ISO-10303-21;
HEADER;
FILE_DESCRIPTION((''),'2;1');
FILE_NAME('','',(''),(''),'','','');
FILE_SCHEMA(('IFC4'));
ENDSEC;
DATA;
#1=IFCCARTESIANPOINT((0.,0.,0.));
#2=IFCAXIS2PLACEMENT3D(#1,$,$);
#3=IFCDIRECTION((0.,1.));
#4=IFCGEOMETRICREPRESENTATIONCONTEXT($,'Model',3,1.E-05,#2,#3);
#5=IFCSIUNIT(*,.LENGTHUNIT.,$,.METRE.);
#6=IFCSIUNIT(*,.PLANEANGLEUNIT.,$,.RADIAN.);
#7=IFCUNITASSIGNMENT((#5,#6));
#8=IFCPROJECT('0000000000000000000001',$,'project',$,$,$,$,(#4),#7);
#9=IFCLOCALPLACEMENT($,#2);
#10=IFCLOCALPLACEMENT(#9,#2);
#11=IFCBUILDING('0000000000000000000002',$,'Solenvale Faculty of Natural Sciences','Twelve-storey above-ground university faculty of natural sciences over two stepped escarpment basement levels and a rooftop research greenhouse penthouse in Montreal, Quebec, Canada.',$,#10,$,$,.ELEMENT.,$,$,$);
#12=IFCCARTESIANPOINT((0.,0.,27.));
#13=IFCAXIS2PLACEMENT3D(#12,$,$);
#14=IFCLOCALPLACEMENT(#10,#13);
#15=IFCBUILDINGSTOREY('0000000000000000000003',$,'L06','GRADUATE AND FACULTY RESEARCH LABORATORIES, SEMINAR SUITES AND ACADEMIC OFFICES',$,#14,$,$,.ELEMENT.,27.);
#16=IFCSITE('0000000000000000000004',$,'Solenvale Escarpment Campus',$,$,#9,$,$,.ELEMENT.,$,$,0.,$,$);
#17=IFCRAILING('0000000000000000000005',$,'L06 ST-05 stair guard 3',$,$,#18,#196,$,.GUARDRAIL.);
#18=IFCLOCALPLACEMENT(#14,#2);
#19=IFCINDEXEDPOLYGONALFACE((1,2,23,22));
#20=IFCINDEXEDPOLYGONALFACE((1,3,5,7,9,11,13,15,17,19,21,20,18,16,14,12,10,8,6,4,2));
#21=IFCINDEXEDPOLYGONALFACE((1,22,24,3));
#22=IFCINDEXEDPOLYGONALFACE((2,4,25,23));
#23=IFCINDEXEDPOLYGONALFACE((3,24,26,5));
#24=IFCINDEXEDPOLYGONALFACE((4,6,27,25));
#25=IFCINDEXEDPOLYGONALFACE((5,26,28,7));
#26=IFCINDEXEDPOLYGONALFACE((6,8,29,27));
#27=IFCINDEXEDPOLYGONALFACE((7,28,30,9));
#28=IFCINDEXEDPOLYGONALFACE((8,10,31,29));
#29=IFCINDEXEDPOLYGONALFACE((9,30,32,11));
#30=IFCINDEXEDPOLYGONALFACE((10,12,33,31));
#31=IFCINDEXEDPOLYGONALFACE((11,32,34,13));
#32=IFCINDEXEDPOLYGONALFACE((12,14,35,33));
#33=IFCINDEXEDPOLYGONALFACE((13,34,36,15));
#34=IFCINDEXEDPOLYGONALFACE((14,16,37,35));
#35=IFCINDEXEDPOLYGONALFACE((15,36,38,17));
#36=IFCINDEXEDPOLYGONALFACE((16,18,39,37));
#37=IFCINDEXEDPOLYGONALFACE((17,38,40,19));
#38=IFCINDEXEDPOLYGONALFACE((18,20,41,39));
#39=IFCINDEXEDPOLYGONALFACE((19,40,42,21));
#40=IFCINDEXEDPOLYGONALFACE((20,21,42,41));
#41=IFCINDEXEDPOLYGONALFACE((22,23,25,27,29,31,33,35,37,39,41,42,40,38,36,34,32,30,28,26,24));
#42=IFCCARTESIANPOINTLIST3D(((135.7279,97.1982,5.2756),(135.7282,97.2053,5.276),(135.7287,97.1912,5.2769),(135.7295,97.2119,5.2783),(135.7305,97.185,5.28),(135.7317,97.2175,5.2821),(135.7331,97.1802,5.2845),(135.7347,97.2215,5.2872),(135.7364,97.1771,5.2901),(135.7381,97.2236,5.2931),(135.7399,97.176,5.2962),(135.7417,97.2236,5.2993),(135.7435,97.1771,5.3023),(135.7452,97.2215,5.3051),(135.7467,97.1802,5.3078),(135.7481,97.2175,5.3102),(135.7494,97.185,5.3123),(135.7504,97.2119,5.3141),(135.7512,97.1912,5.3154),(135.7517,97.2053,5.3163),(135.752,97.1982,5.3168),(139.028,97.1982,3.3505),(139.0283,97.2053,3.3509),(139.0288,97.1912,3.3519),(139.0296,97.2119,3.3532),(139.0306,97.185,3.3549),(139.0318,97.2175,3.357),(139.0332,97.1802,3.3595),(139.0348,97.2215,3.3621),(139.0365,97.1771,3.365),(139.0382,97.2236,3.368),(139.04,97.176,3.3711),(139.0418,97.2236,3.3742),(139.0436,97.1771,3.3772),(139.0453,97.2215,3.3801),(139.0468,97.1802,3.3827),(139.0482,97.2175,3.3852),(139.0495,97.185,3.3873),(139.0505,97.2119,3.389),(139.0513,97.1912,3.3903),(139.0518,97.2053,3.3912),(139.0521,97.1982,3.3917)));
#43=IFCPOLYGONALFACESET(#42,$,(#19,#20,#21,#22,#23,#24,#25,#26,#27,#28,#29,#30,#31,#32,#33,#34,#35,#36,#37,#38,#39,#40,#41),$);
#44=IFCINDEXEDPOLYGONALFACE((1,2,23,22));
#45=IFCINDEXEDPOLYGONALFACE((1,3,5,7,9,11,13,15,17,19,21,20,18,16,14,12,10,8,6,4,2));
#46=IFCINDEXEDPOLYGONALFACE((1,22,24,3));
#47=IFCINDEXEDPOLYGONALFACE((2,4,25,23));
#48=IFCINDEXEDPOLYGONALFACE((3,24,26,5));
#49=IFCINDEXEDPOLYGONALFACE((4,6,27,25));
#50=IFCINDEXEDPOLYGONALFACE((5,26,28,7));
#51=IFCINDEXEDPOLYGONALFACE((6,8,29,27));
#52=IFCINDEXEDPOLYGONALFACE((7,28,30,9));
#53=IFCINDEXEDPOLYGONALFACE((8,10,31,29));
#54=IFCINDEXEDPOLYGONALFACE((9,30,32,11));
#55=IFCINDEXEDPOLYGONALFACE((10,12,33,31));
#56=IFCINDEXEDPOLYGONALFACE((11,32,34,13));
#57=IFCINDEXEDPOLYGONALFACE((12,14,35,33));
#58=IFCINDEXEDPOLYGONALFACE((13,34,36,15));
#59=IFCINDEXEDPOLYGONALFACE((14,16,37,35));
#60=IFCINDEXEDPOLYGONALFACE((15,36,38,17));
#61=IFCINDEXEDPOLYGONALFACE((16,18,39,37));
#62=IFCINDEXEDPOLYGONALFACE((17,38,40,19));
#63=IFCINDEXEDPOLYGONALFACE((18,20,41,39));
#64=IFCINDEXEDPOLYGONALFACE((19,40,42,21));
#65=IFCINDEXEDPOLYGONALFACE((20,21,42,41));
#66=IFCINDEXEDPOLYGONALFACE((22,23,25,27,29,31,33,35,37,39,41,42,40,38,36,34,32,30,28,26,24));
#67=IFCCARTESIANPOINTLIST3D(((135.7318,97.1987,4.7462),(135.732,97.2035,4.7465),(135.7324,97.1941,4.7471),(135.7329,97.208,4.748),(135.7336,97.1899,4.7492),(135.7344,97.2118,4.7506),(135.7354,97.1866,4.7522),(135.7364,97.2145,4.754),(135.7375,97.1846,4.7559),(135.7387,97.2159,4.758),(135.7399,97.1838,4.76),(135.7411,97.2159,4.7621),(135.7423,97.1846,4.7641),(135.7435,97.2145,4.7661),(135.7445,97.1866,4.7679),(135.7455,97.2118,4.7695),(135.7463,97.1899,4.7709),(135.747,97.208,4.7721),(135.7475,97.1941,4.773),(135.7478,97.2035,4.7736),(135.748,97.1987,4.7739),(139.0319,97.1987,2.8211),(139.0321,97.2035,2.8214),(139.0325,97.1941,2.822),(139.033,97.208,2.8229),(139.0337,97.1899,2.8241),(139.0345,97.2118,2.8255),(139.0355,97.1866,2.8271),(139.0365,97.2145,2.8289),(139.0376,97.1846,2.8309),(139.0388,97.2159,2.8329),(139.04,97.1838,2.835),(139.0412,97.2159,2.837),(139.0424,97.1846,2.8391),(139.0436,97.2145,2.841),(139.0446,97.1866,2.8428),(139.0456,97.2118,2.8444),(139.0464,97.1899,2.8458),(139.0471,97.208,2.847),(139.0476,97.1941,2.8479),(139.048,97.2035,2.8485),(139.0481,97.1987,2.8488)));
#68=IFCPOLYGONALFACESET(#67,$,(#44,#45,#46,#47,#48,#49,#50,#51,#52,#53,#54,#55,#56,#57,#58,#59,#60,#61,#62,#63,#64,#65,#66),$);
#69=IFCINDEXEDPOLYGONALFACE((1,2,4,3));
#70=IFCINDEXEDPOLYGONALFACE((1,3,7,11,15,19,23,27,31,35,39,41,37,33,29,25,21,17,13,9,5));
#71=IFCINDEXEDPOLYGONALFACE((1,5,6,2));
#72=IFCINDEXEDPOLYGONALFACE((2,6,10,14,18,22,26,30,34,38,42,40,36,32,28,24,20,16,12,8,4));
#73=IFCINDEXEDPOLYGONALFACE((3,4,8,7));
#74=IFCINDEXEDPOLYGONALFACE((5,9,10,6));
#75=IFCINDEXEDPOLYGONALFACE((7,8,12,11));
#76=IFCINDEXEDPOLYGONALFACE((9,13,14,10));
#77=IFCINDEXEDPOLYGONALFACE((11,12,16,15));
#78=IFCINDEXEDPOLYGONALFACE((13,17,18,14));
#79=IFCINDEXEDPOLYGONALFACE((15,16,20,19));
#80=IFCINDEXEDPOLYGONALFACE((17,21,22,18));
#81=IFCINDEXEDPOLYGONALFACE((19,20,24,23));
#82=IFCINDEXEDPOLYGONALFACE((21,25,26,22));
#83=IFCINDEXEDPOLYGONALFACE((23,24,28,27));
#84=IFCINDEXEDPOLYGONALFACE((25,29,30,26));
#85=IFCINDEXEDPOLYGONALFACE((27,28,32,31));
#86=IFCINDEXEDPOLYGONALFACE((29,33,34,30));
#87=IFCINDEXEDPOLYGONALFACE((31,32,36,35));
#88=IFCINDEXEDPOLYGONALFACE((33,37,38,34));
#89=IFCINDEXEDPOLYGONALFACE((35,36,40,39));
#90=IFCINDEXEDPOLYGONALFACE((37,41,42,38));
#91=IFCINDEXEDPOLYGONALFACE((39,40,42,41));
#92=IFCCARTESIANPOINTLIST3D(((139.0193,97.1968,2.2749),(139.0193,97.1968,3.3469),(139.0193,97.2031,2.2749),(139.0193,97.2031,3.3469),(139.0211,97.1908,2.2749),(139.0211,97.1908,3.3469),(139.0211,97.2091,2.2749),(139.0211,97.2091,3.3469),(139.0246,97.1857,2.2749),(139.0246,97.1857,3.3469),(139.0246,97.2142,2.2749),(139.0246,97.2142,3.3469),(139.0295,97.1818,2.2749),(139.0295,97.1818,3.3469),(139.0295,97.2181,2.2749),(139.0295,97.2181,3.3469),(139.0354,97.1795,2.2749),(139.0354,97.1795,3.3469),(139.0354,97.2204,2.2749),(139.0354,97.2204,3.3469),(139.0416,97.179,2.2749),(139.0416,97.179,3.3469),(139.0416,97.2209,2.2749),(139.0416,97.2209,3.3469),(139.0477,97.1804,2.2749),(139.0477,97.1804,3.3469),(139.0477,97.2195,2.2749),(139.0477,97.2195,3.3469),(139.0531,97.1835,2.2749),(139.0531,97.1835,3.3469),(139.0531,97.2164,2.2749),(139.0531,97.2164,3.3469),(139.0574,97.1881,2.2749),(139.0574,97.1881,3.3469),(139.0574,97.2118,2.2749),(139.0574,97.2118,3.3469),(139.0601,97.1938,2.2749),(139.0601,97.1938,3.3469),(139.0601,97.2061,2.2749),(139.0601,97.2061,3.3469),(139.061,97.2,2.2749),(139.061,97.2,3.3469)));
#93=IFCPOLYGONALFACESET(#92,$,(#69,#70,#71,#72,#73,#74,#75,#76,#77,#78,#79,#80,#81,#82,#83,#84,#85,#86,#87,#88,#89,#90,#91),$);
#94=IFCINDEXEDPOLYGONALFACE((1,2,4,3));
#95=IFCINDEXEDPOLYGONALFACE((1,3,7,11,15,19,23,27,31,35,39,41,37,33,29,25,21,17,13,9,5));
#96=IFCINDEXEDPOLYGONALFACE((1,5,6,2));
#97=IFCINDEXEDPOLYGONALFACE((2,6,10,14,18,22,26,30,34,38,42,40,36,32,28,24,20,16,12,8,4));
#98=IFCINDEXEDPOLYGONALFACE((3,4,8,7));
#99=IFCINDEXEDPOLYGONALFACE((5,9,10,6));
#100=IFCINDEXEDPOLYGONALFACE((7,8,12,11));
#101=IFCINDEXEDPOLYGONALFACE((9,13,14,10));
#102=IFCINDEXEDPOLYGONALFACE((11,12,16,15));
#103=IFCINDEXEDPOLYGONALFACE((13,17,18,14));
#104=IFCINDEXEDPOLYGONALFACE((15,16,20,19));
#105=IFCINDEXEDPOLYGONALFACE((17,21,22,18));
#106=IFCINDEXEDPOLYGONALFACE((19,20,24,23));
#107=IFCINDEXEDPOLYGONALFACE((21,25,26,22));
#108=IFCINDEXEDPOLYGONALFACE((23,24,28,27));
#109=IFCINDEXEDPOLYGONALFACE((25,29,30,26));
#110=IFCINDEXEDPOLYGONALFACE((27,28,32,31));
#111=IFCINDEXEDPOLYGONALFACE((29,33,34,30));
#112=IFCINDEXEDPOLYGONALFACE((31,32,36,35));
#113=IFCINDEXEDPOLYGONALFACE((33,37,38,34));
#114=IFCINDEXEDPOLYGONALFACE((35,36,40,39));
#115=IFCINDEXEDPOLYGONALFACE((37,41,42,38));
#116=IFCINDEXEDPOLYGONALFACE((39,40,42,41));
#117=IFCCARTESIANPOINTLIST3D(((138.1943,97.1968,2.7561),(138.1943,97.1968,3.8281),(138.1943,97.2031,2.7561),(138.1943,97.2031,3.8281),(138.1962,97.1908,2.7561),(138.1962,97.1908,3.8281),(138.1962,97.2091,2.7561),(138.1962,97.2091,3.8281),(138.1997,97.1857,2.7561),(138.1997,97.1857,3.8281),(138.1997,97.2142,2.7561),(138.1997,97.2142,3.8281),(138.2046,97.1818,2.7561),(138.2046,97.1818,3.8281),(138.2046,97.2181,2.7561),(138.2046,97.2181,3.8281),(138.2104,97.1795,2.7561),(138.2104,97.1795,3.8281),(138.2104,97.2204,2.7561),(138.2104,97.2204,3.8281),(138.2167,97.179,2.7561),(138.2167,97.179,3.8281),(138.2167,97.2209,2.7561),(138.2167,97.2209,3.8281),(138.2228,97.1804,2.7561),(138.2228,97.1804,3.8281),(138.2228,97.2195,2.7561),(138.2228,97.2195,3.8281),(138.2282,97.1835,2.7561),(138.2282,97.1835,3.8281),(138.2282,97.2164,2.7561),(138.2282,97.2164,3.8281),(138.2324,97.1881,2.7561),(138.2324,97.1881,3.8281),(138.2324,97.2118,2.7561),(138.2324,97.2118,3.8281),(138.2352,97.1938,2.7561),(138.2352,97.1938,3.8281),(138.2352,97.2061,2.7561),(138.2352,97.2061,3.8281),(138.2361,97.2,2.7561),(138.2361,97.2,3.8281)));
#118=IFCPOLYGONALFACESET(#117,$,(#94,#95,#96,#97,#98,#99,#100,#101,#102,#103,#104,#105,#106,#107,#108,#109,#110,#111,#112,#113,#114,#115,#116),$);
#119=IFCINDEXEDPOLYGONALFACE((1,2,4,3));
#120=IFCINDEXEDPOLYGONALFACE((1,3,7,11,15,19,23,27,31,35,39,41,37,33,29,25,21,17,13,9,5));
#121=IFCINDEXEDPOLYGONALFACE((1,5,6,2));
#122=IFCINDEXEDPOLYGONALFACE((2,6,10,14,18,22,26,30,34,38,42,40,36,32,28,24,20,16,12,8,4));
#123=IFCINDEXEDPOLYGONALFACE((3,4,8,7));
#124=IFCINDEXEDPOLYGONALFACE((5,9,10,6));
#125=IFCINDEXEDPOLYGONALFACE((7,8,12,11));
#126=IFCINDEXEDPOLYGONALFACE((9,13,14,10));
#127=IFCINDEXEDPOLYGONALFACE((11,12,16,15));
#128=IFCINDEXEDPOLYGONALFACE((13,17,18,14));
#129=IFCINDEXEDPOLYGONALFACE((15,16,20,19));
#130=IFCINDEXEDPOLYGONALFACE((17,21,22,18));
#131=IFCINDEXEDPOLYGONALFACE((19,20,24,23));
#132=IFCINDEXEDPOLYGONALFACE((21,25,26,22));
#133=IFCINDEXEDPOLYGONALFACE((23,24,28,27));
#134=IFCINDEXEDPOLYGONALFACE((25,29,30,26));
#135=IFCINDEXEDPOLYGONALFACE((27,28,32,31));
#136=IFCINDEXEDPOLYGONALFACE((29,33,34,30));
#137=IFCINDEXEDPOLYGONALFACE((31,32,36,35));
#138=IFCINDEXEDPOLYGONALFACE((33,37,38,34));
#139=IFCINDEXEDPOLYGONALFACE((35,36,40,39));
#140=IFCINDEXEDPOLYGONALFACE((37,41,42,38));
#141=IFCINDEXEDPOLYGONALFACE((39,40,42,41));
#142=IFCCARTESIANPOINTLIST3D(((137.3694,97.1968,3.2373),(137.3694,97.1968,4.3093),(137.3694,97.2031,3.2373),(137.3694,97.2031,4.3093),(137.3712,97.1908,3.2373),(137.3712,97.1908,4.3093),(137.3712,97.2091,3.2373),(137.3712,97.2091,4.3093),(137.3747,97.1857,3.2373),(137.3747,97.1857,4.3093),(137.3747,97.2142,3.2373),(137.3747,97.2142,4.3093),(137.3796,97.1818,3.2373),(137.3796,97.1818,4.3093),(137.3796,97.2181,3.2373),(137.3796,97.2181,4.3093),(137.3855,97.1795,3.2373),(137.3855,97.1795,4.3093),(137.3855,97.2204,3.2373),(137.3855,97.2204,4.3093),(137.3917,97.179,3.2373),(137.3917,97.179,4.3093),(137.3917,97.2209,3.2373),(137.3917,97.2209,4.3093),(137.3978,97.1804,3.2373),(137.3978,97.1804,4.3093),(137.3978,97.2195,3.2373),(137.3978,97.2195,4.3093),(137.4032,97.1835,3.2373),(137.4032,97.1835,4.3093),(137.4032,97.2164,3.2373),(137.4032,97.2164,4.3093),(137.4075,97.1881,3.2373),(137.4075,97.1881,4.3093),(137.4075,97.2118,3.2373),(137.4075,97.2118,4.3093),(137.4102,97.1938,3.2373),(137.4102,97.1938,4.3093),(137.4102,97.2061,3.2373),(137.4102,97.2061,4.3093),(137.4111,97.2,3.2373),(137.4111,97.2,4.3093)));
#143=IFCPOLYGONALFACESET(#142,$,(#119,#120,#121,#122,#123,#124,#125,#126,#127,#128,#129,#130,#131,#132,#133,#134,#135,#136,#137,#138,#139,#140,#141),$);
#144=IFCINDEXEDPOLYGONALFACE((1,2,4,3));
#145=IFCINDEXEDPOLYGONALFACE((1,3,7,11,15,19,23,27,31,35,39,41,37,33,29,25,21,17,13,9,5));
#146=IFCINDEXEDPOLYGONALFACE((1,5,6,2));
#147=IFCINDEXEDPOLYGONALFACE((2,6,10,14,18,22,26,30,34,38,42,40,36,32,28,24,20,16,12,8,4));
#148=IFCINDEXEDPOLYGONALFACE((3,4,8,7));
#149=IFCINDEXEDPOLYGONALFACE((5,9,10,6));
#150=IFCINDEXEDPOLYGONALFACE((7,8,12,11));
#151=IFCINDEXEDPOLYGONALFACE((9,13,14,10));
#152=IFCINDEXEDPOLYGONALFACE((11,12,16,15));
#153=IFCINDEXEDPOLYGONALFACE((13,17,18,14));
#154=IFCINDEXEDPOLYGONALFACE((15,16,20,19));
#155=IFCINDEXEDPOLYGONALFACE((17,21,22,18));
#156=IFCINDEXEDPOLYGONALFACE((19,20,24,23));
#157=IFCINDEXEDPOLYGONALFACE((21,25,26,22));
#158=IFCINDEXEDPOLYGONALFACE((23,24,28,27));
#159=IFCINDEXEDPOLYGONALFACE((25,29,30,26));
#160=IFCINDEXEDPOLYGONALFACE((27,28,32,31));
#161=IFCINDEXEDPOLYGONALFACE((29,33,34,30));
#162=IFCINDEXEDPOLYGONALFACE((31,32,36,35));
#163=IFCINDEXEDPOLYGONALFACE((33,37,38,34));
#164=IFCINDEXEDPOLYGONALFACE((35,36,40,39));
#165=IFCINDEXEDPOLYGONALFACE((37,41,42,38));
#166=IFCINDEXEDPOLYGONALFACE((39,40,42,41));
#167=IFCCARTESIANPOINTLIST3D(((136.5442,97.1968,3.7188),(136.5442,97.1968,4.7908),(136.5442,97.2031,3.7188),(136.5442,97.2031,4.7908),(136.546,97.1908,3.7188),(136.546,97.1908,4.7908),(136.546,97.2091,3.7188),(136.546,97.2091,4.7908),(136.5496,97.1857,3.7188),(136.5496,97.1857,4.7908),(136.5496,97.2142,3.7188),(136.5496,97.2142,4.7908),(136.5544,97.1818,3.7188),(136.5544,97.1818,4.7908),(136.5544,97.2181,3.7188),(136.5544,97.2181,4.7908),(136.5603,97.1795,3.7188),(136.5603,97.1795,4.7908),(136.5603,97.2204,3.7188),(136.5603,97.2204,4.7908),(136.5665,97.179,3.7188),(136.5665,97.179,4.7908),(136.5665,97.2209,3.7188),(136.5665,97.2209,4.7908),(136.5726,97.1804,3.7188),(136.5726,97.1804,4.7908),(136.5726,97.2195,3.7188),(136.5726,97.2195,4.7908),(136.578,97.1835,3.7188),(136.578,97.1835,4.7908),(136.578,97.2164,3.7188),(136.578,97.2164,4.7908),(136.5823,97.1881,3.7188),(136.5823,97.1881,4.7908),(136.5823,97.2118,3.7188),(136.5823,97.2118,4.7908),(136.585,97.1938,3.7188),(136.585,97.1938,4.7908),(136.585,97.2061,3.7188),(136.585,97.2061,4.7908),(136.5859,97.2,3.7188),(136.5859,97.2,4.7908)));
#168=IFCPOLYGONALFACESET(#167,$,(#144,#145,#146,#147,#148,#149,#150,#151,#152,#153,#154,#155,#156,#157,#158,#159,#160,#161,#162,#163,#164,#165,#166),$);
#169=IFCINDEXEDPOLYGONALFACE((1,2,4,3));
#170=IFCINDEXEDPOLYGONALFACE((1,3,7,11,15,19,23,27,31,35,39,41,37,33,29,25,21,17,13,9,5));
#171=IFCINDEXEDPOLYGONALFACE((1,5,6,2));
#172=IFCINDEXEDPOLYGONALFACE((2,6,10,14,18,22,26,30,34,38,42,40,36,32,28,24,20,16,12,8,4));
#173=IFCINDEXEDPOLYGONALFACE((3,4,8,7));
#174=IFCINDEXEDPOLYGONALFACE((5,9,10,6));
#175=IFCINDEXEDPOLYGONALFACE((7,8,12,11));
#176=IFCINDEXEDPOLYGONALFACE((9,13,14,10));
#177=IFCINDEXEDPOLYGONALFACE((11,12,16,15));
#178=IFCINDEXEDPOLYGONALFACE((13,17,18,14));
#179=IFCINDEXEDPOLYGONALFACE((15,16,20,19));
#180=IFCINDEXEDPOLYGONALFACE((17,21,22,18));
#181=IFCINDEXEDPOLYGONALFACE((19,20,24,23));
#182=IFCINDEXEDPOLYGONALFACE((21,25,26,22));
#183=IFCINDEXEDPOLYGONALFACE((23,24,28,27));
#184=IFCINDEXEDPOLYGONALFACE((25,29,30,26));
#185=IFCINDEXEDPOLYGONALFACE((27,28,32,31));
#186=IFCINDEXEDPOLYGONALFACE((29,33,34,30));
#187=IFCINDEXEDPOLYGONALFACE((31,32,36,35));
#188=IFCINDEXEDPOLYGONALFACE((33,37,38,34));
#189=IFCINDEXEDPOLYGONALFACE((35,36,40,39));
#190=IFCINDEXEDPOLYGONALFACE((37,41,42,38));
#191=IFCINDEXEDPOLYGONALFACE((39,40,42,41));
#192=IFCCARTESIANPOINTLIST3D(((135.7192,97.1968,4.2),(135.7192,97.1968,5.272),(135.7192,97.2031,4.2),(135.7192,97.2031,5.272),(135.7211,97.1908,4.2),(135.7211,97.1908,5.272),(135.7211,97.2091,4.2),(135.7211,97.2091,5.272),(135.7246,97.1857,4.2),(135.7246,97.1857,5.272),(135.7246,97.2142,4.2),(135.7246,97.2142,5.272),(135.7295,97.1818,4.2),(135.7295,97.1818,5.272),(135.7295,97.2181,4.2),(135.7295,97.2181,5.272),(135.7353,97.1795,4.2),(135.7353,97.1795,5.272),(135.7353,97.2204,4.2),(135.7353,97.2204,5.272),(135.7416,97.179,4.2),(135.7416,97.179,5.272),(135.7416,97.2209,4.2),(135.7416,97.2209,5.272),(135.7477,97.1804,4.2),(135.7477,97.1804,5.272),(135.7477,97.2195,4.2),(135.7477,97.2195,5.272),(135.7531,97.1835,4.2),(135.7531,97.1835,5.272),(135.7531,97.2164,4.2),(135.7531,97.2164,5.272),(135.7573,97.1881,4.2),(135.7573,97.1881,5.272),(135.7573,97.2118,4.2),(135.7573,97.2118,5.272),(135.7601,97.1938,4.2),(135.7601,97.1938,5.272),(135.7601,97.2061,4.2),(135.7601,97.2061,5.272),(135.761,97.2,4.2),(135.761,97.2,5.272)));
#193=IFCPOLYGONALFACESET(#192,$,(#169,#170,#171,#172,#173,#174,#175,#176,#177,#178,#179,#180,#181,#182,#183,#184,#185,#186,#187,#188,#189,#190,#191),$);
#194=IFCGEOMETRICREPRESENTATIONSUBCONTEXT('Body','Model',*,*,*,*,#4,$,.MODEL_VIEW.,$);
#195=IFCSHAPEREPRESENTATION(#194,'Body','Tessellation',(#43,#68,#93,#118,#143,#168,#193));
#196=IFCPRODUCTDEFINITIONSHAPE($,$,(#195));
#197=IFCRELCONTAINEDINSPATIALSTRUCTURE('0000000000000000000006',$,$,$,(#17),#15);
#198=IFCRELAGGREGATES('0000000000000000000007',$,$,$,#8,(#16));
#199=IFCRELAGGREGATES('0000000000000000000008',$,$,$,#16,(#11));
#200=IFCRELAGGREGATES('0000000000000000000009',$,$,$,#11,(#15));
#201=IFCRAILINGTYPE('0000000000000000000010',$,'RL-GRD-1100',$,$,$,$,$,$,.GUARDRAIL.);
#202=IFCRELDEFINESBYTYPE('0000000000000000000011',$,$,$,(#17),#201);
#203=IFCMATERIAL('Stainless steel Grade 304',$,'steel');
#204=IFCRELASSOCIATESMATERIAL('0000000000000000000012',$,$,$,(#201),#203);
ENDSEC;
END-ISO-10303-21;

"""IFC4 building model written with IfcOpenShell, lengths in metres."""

from ifc_helpers import new_model, si_unit, direction, frame, origin, origin_2d, place, context, subcontext, project, spatial, circle, extrude, material, type_object, element, save


model = new_model("IFC4")

# Units and contexts
model_context = context("Model", 3, precision=1e-05, world=origin(), true_north=direction((0.0, 1.0)))
body_context = subcontext(model_context, "Body", "Model", "MODEL_VIEW")
ifc_project = project(units=[si_unit("LENGTHUNIT", "METRE"), si_unit("PLANEANGLEUNIT", "RADIAN")], contexts=[model_context])

# Site, building, storey
site_placement = place(None, origin())
site = spatial("IfcSite", under=ifc_project, at=site_placement, Name="Solenvale Escarpment Campus", CompositionType="ELEMENT", RefElevation=0.0)
building_placement = place(site_placement, origin())
building = spatial("IfcBuilding", under=site, at=building_placement, Name="Solenvale Faculty of Natural Sciences", Description="Twelve-storey above-ground university faculty of natural sciences over two stepped escarpment basement levels and a rooftop research greenhouse penthouse in Montreal, Quebec, Canada.", CompositionType="ELEMENT")
storey_placement = place(building_placement, frame((0.0, 0.0, 27.0)))
storey = spatial("IfcBuildingStorey", under=building, at=storey_placement, Name="L06", Description="GRADUATE AND FACULTY RESEARCH LABORATORIES, SEMINAR SUITES AND ACADEMIC OFFICES", CompositionType="ELEMENT", Elevation=27.0)

# Shared definitions
ifc_material_1 = material(Name="Stainless steel Grade 304", Category="steel")

# Railing
railing_type = type_object("IfcRailingType", Name="RL-GRD-1100", PredefinedType="GUARDRAIL", material=ifc_material_1)
railing_1_placement = place(storey_placement, frame((139.04, 97.2, 2.2749)))
element("IfcRailing", 1, at=railing_1_placement, inside=storey, type_object=railing_type, Name="L06 ST-05 stair guard 3", PredefinedType="GUARDRAIL", context=body_context, shape_type="SweptSolid", body=[
    extrude(circle(Radius=0.0239, at=origin_2d()), frame((0.0, 0.0, 1.0962), z_axis=(-0.863777, 0.0, 0.503875), x_axis=(0.0, -1.0, 0.0)), (0.0, 0.0, 1.0), 3.8206),
    extrude(circle(Radius=0.0161, at=origin_2d()), frame((0.0, 0.0, 0.5601), z_axis=(-0.863777, 0.0, 0.503875), x_axis=(0.0, -1.0, 0.0)), (0.0, 0.0, 1.0), 3.8206),
    extrude(circle(Radius=0.021, at=origin_2d()), origin(), (0.0, 0.0, 1.0), 1.072),
    extrude(circle(Radius=0.021, at=origin_2d()), frame((-0.825, 0.0, 0.4812)), (0.0, 0.0, 1.0), 1.072),
    extrude(circle(Radius=0.021, at=origin_2d()), frame((-1.6499, 0.0, 0.9624)), (0.0, 0.0, 1.0), 1.072),
    extrude(circle(Radius=0.021, at=origin_2d()), frame((-2.4751, 0.0, 1.4438)), (0.0, 0.0, 1.0), 1.072),
    extrude(circle(Radius=0.021, at=origin_2d()), frame((-3.3, 0.0, 1.925)), (0.0, 0.0, 1.0), 1.072),
])

save(model, "model.ifc")
